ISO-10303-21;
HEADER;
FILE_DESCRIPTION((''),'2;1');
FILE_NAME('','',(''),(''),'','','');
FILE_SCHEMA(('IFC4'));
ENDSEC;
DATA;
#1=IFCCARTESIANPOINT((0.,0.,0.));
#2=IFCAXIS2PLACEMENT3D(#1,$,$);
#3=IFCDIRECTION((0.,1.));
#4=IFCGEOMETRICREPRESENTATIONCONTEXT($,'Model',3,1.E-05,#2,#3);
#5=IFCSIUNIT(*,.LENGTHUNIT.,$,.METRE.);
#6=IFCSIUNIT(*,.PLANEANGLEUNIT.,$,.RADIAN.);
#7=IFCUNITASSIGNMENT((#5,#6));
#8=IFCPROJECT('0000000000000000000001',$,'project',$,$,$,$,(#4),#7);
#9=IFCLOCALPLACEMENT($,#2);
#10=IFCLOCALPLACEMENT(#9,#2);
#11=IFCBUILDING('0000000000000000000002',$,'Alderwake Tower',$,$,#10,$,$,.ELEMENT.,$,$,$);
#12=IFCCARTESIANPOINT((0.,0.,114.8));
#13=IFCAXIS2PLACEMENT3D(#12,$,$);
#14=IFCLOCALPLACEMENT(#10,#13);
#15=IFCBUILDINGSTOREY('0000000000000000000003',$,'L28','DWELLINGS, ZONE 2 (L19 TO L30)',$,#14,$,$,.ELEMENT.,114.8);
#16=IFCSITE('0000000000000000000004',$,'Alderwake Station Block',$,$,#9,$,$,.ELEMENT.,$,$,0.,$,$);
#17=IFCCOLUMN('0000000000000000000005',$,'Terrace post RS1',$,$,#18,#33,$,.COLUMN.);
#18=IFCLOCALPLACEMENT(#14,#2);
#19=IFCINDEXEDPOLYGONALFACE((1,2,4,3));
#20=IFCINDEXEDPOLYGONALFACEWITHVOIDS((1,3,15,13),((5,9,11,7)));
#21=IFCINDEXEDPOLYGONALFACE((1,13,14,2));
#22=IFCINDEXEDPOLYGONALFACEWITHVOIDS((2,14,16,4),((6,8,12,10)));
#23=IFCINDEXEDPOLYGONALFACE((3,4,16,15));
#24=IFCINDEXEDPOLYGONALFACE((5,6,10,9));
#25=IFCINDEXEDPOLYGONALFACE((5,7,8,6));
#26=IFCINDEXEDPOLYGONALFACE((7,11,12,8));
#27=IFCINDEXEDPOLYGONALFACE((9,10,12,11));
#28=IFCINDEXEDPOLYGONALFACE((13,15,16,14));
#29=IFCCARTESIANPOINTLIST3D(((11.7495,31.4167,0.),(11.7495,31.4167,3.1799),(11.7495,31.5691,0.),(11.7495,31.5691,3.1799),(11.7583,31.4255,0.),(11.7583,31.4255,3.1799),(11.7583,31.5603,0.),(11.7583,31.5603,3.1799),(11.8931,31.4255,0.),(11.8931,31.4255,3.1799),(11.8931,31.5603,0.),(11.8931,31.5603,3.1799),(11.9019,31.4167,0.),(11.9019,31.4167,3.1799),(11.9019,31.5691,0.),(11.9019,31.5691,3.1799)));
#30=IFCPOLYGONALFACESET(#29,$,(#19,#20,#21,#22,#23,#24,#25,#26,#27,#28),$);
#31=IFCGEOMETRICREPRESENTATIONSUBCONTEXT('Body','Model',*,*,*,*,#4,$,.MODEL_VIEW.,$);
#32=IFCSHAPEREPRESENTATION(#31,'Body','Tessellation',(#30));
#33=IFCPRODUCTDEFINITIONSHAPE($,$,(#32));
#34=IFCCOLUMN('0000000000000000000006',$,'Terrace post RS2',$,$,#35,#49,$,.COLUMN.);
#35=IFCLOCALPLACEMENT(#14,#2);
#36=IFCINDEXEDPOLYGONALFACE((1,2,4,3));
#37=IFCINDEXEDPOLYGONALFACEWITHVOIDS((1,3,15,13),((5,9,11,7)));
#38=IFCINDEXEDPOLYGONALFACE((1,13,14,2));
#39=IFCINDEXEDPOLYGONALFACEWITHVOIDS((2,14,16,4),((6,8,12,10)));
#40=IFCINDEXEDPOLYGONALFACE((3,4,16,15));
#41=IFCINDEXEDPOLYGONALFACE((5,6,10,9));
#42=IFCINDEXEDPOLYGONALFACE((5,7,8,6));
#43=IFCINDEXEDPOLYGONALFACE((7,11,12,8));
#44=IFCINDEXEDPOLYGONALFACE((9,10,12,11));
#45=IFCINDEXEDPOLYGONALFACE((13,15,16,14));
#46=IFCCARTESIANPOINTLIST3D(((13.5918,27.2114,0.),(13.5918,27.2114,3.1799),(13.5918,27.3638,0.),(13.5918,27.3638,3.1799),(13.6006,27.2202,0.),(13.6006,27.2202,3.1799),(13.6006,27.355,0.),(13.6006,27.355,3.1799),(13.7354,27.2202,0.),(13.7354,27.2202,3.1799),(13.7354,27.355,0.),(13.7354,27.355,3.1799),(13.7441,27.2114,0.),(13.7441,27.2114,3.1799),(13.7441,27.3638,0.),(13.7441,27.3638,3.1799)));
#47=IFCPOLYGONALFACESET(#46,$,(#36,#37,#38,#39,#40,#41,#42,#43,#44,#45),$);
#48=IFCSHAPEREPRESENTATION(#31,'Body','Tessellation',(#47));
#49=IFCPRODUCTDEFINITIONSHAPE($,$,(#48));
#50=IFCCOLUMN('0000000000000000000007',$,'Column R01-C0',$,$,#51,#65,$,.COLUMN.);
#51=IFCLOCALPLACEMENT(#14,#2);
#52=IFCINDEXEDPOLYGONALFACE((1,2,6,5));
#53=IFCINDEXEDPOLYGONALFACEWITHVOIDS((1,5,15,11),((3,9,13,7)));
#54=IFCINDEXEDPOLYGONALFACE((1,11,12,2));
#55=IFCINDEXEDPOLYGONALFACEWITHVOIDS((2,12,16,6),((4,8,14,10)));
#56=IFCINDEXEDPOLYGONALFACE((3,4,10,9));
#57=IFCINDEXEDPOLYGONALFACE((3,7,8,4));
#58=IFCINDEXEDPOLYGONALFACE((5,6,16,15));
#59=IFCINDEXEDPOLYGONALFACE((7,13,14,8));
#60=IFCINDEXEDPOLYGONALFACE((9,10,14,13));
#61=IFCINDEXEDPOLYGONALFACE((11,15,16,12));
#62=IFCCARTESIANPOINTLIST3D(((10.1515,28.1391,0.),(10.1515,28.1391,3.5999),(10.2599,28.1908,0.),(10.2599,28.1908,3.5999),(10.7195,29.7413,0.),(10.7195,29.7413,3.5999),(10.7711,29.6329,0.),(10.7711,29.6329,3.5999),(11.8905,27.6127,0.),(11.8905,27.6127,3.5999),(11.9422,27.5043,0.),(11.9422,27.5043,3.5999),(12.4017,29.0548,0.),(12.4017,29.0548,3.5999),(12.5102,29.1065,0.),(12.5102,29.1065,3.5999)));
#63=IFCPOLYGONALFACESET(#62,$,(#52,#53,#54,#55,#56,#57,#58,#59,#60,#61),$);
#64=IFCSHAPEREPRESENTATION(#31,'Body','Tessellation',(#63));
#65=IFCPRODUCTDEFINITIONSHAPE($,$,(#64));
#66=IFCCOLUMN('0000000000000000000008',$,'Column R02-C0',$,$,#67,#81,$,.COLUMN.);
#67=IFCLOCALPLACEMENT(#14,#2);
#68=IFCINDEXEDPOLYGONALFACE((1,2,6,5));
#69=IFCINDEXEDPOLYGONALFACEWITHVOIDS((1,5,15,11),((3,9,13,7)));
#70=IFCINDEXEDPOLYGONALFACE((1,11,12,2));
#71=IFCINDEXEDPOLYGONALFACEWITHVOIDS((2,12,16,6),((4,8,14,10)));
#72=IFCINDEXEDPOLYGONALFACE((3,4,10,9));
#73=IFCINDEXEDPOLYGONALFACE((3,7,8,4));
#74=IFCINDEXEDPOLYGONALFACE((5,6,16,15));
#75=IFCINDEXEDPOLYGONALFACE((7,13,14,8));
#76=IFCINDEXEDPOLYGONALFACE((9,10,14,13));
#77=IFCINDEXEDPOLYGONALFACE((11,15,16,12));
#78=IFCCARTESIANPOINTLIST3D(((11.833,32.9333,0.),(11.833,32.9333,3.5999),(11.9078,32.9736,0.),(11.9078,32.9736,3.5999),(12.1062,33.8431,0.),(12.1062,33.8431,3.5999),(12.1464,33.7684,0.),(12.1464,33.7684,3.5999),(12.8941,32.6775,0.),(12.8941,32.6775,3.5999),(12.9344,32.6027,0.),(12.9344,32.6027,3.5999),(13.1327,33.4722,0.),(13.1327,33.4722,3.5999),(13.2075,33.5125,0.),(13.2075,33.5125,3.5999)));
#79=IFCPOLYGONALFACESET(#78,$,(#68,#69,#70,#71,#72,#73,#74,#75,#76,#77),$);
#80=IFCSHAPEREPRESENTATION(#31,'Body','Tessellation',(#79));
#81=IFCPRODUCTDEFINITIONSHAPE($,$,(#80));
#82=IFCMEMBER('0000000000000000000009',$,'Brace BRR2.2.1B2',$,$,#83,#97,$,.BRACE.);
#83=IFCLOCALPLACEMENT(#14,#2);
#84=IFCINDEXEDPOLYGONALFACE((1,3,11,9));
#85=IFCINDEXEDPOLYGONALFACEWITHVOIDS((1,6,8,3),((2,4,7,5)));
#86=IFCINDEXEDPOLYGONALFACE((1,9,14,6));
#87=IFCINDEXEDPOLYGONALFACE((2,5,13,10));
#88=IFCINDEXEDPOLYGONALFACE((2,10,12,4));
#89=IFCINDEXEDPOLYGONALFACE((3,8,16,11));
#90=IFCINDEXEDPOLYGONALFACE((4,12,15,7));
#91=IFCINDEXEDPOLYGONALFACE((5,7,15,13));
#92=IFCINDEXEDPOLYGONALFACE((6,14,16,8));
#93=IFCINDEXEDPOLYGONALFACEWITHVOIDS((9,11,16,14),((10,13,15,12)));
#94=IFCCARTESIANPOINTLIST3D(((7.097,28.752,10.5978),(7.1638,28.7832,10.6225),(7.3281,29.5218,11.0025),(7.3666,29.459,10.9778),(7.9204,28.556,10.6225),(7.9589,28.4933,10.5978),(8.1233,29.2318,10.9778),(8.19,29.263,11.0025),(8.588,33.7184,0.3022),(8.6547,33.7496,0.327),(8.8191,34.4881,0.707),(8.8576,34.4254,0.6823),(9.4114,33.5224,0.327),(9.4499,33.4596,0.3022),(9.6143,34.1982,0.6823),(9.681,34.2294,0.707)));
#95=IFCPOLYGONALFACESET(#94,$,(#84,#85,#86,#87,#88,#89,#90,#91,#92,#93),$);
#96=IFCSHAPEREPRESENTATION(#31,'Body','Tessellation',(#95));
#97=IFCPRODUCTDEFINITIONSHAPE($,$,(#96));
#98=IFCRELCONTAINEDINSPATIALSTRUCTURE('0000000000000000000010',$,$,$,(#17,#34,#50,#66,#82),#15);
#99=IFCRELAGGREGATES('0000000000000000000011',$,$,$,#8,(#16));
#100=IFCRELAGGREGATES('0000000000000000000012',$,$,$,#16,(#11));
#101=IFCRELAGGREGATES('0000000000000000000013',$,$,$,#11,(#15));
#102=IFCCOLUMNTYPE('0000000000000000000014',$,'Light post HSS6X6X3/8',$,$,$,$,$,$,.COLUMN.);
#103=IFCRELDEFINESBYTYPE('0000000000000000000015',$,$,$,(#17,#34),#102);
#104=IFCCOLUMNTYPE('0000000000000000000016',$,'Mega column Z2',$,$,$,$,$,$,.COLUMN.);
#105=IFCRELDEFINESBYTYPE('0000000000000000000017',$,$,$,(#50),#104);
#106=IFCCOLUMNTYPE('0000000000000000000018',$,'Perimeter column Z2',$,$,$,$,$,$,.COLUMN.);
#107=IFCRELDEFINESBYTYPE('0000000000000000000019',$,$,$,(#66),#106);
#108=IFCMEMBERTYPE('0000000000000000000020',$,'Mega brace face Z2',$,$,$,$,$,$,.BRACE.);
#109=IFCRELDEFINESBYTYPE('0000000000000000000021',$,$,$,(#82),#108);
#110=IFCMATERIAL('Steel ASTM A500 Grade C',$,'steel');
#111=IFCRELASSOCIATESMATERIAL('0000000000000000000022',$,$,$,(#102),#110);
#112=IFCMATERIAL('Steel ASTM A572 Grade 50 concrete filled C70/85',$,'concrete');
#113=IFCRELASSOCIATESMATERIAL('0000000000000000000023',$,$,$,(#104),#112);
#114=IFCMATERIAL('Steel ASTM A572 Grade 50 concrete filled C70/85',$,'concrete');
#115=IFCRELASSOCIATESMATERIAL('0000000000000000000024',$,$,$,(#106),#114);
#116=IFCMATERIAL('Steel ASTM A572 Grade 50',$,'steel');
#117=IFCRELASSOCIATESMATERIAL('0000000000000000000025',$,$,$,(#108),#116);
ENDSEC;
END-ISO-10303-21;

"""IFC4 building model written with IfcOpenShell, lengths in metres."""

from ifc_helpers import new_model, si_unit, direction, frame, origin, origin_2d, place, context, subcontext, project, spatial, hollow_rectangle, extrude, material, material_profile, profile_set, type_object, element, save


model = new_model("IFC4")

# Units and contexts
model_context = context("Model", 3, precision=1e-05, world=origin(), true_north=direction((0.0, 1.0)))
body_context = subcontext(model_context, "Body", "Model", "MODEL_VIEW")
ifc_project = project(units=[si_unit("LENGTHUNIT", "METRE"), si_unit("PLANEANGLEUNIT", "RADIAN")], contexts=[model_context])

# Site, building, storey
site_placement = place(None, origin())
site = spatial("IfcSite", under=ifc_project, at=site_placement, Name="Alderwake Station Block", CompositionType="ELEMENT", RefElevation=0.0)
building_placement = place(site_placement, origin())
building = spatial("IfcBuilding", under=site, at=building_placement, Name="Alderwake Tower", CompositionType="ELEMENT")
storey_placement = place(building_placement, frame((0.0, 0.0, 114.8)))
storey = spatial("IfcBuildingStorey", under=building, at=storey_placement, Name="L28", Description="DWELLINGS, ZONE 2 (L19 TO L30)", CompositionType="ELEMENT", Elevation=114.8)

# Columns
ifc_material_1 = material(Name="Steel ASTM A500 Grade C", Category="steel")
ifc_material_profile_1 = material_profile(ifc_material_1, hollow_rectangle(XDim=0.1523, YDim=0.1523, WallThickness=0.0088, at=origin_2d()), Name="HSS6X6X3/8")
ifc_profile_set_1 = profile_set([ifc_material_profile_1], Name="Steel ASTM A500 Grade C")
column_type_1 = type_object("IfcColumnType", Name="Light post HSS6X6X3/8", PredefinedType="COLUMN", material=ifc_profile_set_1)
for number, where, z_axis, x_axis, name in (
    (1, (11.8257, 31.4929, 0.0), (0.0, 0.0, 1.0), (1.0, 0.0, 0.0), "Terrace post RS1"),
    (2, (13.668, 27.2876, 0.0), (0.0, 0.0, 1.0), (1.0, 0.0, 0.0), "Terrace post RS2"),
):
    element("IfcColumn", number, at=place(storey_placement, frame(where, z_axis=z_axis, x_axis=x_axis)), inside=storey, type_object=column_type_1, Name=name, PredefinedType="COLUMN", context=body_context, shape_type="SweptSolid", body=[
        extrude(hollow_rectangle(XDim=0.1523, YDim=0.1523, WallThickness=0.0088, at=origin_2d()), origin(), (0.0, 0.0, 1.0), 3.1799),
    ])
ifc_material_2 = material(Name="Steel ASTM A572 Grade 50 concrete filled C70/85", Category="concrete")
ifc_material_profile_2 = material_profile(ifc_material_2, hollow_rectangle(XDim=1.7, YDim=1.8999, WallThickness=0.085, at=origin_2d()), Name="BOX 1900X1700X85")
ifc_profile_set_2 = profile_set([ifc_material_profile_2], Name="Steel ASTM A572 Grade 50 concrete filled C70/85")
column_type_2 = type_object("IfcColumnType", Name="Mega column Z2", PredefinedType="COLUMN", material=ifc_profile_set_2)
column_1_placement = place(storey_placement, frame((11.3308, 28.6228, 0.0), z_axis=(0.0, 0.0, 1.0), x_axis=(0.334131, 0.942527, 0.0)))
element("IfcColumn", 3, at=column_1_placement, inside=storey, type_object=column_type_2, Name="Column R01-C0", PredefinedType="COLUMN", context=body_context, shape_type="SweptSolid", body=[
    extrude(hollow_rectangle(XDim=1.7, YDim=1.8999, WallThickness=0.085, at=origin_2d()), origin(), (0.0, 0.0, 1.0), 3.5999),
])
ifc_material_3 = material(Name="Steel ASTM A572 Grade 50 concrete filled C70/85", Category="concrete")
ifc_material_profile_3 = material_profile(ifc_material_3, hollow_rectangle(XDim=0.95, YDim=1.1499, WallThickness=0.0601, at=origin_2d()), Name="BOX 1150X950X60")
ifc_profile_set_3 = profile_set([ifc_material_profile_3], Name="Steel ASTM A572 Grade 50 concrete filled C70/85")
column_type_3 = type_object("IfcColumnType", Name="Perimeter column Z2", PredefinedType="COLUMN", material=ifc_profile_set_3)
column_2_placement = place(storey_placement, frame((12.5203, 33.2229, 0.0), z_axis=(0.0, 0.0, 1.0), x_axis=(0.287549, 0.957766, 0.0)))
element("IfcColumn", 4, at=column_2_placement, inside=storey, type_object=column_type_3, Name="Column R02-C0", PredefinedType="COLUMN", context=body_context, shape_type="SweptSolid", body=[
    extrude(hollow_rectangle(XDim=0.95, YDim=1.1499, WallThickness=0.0601, at=origin_2d()), origin(), (0.0, 0.0, 1.0), 3.5999),
])

# Member
ifc_material_4 = material(Name="Steel ASTM A572 Grade 50", Category="steel")
ifc_material_profile_4 = material_profile(ifc_material_4, hollow_rectangle(XDim=0.8999, YDim=0.8999, WallThickness=0.0549, at=origin_2d()), Name="BOX 900X900X55")
ifc_profile_set_4 = profile_set([ifc_material_profile_4], Name="Steel ASTM A572 Grade 50")
member_type = type_object("IfcMemberType", Name="Mega brace face Z2", PredefinedType="BRACE", material=ifc_profile_set_4)
member_placement = place(storey_placement, frame((9.1345, 33.9739, 0.5046), z_axis=(-0.12934, -0.430824, 0.893119), x_axis=(0.957769, -0.287538, 0.0)))
element("IfcMember", 5, at=member_placement, inside=storey, type_object=member_type, Name="Brace BRR2.2.1B2", PredefinedType="BRACE", context=body_context, shape_type="SweptSolid", body=[
    extrude(hollow_rectangle(XDim=0.8999, YDim=0.8999, WallThickness=0.0549, at=origin_2d()), origin(), (0.0, 0.0, 1.0), 11.5276),
])

save(model, "model.ifc")
